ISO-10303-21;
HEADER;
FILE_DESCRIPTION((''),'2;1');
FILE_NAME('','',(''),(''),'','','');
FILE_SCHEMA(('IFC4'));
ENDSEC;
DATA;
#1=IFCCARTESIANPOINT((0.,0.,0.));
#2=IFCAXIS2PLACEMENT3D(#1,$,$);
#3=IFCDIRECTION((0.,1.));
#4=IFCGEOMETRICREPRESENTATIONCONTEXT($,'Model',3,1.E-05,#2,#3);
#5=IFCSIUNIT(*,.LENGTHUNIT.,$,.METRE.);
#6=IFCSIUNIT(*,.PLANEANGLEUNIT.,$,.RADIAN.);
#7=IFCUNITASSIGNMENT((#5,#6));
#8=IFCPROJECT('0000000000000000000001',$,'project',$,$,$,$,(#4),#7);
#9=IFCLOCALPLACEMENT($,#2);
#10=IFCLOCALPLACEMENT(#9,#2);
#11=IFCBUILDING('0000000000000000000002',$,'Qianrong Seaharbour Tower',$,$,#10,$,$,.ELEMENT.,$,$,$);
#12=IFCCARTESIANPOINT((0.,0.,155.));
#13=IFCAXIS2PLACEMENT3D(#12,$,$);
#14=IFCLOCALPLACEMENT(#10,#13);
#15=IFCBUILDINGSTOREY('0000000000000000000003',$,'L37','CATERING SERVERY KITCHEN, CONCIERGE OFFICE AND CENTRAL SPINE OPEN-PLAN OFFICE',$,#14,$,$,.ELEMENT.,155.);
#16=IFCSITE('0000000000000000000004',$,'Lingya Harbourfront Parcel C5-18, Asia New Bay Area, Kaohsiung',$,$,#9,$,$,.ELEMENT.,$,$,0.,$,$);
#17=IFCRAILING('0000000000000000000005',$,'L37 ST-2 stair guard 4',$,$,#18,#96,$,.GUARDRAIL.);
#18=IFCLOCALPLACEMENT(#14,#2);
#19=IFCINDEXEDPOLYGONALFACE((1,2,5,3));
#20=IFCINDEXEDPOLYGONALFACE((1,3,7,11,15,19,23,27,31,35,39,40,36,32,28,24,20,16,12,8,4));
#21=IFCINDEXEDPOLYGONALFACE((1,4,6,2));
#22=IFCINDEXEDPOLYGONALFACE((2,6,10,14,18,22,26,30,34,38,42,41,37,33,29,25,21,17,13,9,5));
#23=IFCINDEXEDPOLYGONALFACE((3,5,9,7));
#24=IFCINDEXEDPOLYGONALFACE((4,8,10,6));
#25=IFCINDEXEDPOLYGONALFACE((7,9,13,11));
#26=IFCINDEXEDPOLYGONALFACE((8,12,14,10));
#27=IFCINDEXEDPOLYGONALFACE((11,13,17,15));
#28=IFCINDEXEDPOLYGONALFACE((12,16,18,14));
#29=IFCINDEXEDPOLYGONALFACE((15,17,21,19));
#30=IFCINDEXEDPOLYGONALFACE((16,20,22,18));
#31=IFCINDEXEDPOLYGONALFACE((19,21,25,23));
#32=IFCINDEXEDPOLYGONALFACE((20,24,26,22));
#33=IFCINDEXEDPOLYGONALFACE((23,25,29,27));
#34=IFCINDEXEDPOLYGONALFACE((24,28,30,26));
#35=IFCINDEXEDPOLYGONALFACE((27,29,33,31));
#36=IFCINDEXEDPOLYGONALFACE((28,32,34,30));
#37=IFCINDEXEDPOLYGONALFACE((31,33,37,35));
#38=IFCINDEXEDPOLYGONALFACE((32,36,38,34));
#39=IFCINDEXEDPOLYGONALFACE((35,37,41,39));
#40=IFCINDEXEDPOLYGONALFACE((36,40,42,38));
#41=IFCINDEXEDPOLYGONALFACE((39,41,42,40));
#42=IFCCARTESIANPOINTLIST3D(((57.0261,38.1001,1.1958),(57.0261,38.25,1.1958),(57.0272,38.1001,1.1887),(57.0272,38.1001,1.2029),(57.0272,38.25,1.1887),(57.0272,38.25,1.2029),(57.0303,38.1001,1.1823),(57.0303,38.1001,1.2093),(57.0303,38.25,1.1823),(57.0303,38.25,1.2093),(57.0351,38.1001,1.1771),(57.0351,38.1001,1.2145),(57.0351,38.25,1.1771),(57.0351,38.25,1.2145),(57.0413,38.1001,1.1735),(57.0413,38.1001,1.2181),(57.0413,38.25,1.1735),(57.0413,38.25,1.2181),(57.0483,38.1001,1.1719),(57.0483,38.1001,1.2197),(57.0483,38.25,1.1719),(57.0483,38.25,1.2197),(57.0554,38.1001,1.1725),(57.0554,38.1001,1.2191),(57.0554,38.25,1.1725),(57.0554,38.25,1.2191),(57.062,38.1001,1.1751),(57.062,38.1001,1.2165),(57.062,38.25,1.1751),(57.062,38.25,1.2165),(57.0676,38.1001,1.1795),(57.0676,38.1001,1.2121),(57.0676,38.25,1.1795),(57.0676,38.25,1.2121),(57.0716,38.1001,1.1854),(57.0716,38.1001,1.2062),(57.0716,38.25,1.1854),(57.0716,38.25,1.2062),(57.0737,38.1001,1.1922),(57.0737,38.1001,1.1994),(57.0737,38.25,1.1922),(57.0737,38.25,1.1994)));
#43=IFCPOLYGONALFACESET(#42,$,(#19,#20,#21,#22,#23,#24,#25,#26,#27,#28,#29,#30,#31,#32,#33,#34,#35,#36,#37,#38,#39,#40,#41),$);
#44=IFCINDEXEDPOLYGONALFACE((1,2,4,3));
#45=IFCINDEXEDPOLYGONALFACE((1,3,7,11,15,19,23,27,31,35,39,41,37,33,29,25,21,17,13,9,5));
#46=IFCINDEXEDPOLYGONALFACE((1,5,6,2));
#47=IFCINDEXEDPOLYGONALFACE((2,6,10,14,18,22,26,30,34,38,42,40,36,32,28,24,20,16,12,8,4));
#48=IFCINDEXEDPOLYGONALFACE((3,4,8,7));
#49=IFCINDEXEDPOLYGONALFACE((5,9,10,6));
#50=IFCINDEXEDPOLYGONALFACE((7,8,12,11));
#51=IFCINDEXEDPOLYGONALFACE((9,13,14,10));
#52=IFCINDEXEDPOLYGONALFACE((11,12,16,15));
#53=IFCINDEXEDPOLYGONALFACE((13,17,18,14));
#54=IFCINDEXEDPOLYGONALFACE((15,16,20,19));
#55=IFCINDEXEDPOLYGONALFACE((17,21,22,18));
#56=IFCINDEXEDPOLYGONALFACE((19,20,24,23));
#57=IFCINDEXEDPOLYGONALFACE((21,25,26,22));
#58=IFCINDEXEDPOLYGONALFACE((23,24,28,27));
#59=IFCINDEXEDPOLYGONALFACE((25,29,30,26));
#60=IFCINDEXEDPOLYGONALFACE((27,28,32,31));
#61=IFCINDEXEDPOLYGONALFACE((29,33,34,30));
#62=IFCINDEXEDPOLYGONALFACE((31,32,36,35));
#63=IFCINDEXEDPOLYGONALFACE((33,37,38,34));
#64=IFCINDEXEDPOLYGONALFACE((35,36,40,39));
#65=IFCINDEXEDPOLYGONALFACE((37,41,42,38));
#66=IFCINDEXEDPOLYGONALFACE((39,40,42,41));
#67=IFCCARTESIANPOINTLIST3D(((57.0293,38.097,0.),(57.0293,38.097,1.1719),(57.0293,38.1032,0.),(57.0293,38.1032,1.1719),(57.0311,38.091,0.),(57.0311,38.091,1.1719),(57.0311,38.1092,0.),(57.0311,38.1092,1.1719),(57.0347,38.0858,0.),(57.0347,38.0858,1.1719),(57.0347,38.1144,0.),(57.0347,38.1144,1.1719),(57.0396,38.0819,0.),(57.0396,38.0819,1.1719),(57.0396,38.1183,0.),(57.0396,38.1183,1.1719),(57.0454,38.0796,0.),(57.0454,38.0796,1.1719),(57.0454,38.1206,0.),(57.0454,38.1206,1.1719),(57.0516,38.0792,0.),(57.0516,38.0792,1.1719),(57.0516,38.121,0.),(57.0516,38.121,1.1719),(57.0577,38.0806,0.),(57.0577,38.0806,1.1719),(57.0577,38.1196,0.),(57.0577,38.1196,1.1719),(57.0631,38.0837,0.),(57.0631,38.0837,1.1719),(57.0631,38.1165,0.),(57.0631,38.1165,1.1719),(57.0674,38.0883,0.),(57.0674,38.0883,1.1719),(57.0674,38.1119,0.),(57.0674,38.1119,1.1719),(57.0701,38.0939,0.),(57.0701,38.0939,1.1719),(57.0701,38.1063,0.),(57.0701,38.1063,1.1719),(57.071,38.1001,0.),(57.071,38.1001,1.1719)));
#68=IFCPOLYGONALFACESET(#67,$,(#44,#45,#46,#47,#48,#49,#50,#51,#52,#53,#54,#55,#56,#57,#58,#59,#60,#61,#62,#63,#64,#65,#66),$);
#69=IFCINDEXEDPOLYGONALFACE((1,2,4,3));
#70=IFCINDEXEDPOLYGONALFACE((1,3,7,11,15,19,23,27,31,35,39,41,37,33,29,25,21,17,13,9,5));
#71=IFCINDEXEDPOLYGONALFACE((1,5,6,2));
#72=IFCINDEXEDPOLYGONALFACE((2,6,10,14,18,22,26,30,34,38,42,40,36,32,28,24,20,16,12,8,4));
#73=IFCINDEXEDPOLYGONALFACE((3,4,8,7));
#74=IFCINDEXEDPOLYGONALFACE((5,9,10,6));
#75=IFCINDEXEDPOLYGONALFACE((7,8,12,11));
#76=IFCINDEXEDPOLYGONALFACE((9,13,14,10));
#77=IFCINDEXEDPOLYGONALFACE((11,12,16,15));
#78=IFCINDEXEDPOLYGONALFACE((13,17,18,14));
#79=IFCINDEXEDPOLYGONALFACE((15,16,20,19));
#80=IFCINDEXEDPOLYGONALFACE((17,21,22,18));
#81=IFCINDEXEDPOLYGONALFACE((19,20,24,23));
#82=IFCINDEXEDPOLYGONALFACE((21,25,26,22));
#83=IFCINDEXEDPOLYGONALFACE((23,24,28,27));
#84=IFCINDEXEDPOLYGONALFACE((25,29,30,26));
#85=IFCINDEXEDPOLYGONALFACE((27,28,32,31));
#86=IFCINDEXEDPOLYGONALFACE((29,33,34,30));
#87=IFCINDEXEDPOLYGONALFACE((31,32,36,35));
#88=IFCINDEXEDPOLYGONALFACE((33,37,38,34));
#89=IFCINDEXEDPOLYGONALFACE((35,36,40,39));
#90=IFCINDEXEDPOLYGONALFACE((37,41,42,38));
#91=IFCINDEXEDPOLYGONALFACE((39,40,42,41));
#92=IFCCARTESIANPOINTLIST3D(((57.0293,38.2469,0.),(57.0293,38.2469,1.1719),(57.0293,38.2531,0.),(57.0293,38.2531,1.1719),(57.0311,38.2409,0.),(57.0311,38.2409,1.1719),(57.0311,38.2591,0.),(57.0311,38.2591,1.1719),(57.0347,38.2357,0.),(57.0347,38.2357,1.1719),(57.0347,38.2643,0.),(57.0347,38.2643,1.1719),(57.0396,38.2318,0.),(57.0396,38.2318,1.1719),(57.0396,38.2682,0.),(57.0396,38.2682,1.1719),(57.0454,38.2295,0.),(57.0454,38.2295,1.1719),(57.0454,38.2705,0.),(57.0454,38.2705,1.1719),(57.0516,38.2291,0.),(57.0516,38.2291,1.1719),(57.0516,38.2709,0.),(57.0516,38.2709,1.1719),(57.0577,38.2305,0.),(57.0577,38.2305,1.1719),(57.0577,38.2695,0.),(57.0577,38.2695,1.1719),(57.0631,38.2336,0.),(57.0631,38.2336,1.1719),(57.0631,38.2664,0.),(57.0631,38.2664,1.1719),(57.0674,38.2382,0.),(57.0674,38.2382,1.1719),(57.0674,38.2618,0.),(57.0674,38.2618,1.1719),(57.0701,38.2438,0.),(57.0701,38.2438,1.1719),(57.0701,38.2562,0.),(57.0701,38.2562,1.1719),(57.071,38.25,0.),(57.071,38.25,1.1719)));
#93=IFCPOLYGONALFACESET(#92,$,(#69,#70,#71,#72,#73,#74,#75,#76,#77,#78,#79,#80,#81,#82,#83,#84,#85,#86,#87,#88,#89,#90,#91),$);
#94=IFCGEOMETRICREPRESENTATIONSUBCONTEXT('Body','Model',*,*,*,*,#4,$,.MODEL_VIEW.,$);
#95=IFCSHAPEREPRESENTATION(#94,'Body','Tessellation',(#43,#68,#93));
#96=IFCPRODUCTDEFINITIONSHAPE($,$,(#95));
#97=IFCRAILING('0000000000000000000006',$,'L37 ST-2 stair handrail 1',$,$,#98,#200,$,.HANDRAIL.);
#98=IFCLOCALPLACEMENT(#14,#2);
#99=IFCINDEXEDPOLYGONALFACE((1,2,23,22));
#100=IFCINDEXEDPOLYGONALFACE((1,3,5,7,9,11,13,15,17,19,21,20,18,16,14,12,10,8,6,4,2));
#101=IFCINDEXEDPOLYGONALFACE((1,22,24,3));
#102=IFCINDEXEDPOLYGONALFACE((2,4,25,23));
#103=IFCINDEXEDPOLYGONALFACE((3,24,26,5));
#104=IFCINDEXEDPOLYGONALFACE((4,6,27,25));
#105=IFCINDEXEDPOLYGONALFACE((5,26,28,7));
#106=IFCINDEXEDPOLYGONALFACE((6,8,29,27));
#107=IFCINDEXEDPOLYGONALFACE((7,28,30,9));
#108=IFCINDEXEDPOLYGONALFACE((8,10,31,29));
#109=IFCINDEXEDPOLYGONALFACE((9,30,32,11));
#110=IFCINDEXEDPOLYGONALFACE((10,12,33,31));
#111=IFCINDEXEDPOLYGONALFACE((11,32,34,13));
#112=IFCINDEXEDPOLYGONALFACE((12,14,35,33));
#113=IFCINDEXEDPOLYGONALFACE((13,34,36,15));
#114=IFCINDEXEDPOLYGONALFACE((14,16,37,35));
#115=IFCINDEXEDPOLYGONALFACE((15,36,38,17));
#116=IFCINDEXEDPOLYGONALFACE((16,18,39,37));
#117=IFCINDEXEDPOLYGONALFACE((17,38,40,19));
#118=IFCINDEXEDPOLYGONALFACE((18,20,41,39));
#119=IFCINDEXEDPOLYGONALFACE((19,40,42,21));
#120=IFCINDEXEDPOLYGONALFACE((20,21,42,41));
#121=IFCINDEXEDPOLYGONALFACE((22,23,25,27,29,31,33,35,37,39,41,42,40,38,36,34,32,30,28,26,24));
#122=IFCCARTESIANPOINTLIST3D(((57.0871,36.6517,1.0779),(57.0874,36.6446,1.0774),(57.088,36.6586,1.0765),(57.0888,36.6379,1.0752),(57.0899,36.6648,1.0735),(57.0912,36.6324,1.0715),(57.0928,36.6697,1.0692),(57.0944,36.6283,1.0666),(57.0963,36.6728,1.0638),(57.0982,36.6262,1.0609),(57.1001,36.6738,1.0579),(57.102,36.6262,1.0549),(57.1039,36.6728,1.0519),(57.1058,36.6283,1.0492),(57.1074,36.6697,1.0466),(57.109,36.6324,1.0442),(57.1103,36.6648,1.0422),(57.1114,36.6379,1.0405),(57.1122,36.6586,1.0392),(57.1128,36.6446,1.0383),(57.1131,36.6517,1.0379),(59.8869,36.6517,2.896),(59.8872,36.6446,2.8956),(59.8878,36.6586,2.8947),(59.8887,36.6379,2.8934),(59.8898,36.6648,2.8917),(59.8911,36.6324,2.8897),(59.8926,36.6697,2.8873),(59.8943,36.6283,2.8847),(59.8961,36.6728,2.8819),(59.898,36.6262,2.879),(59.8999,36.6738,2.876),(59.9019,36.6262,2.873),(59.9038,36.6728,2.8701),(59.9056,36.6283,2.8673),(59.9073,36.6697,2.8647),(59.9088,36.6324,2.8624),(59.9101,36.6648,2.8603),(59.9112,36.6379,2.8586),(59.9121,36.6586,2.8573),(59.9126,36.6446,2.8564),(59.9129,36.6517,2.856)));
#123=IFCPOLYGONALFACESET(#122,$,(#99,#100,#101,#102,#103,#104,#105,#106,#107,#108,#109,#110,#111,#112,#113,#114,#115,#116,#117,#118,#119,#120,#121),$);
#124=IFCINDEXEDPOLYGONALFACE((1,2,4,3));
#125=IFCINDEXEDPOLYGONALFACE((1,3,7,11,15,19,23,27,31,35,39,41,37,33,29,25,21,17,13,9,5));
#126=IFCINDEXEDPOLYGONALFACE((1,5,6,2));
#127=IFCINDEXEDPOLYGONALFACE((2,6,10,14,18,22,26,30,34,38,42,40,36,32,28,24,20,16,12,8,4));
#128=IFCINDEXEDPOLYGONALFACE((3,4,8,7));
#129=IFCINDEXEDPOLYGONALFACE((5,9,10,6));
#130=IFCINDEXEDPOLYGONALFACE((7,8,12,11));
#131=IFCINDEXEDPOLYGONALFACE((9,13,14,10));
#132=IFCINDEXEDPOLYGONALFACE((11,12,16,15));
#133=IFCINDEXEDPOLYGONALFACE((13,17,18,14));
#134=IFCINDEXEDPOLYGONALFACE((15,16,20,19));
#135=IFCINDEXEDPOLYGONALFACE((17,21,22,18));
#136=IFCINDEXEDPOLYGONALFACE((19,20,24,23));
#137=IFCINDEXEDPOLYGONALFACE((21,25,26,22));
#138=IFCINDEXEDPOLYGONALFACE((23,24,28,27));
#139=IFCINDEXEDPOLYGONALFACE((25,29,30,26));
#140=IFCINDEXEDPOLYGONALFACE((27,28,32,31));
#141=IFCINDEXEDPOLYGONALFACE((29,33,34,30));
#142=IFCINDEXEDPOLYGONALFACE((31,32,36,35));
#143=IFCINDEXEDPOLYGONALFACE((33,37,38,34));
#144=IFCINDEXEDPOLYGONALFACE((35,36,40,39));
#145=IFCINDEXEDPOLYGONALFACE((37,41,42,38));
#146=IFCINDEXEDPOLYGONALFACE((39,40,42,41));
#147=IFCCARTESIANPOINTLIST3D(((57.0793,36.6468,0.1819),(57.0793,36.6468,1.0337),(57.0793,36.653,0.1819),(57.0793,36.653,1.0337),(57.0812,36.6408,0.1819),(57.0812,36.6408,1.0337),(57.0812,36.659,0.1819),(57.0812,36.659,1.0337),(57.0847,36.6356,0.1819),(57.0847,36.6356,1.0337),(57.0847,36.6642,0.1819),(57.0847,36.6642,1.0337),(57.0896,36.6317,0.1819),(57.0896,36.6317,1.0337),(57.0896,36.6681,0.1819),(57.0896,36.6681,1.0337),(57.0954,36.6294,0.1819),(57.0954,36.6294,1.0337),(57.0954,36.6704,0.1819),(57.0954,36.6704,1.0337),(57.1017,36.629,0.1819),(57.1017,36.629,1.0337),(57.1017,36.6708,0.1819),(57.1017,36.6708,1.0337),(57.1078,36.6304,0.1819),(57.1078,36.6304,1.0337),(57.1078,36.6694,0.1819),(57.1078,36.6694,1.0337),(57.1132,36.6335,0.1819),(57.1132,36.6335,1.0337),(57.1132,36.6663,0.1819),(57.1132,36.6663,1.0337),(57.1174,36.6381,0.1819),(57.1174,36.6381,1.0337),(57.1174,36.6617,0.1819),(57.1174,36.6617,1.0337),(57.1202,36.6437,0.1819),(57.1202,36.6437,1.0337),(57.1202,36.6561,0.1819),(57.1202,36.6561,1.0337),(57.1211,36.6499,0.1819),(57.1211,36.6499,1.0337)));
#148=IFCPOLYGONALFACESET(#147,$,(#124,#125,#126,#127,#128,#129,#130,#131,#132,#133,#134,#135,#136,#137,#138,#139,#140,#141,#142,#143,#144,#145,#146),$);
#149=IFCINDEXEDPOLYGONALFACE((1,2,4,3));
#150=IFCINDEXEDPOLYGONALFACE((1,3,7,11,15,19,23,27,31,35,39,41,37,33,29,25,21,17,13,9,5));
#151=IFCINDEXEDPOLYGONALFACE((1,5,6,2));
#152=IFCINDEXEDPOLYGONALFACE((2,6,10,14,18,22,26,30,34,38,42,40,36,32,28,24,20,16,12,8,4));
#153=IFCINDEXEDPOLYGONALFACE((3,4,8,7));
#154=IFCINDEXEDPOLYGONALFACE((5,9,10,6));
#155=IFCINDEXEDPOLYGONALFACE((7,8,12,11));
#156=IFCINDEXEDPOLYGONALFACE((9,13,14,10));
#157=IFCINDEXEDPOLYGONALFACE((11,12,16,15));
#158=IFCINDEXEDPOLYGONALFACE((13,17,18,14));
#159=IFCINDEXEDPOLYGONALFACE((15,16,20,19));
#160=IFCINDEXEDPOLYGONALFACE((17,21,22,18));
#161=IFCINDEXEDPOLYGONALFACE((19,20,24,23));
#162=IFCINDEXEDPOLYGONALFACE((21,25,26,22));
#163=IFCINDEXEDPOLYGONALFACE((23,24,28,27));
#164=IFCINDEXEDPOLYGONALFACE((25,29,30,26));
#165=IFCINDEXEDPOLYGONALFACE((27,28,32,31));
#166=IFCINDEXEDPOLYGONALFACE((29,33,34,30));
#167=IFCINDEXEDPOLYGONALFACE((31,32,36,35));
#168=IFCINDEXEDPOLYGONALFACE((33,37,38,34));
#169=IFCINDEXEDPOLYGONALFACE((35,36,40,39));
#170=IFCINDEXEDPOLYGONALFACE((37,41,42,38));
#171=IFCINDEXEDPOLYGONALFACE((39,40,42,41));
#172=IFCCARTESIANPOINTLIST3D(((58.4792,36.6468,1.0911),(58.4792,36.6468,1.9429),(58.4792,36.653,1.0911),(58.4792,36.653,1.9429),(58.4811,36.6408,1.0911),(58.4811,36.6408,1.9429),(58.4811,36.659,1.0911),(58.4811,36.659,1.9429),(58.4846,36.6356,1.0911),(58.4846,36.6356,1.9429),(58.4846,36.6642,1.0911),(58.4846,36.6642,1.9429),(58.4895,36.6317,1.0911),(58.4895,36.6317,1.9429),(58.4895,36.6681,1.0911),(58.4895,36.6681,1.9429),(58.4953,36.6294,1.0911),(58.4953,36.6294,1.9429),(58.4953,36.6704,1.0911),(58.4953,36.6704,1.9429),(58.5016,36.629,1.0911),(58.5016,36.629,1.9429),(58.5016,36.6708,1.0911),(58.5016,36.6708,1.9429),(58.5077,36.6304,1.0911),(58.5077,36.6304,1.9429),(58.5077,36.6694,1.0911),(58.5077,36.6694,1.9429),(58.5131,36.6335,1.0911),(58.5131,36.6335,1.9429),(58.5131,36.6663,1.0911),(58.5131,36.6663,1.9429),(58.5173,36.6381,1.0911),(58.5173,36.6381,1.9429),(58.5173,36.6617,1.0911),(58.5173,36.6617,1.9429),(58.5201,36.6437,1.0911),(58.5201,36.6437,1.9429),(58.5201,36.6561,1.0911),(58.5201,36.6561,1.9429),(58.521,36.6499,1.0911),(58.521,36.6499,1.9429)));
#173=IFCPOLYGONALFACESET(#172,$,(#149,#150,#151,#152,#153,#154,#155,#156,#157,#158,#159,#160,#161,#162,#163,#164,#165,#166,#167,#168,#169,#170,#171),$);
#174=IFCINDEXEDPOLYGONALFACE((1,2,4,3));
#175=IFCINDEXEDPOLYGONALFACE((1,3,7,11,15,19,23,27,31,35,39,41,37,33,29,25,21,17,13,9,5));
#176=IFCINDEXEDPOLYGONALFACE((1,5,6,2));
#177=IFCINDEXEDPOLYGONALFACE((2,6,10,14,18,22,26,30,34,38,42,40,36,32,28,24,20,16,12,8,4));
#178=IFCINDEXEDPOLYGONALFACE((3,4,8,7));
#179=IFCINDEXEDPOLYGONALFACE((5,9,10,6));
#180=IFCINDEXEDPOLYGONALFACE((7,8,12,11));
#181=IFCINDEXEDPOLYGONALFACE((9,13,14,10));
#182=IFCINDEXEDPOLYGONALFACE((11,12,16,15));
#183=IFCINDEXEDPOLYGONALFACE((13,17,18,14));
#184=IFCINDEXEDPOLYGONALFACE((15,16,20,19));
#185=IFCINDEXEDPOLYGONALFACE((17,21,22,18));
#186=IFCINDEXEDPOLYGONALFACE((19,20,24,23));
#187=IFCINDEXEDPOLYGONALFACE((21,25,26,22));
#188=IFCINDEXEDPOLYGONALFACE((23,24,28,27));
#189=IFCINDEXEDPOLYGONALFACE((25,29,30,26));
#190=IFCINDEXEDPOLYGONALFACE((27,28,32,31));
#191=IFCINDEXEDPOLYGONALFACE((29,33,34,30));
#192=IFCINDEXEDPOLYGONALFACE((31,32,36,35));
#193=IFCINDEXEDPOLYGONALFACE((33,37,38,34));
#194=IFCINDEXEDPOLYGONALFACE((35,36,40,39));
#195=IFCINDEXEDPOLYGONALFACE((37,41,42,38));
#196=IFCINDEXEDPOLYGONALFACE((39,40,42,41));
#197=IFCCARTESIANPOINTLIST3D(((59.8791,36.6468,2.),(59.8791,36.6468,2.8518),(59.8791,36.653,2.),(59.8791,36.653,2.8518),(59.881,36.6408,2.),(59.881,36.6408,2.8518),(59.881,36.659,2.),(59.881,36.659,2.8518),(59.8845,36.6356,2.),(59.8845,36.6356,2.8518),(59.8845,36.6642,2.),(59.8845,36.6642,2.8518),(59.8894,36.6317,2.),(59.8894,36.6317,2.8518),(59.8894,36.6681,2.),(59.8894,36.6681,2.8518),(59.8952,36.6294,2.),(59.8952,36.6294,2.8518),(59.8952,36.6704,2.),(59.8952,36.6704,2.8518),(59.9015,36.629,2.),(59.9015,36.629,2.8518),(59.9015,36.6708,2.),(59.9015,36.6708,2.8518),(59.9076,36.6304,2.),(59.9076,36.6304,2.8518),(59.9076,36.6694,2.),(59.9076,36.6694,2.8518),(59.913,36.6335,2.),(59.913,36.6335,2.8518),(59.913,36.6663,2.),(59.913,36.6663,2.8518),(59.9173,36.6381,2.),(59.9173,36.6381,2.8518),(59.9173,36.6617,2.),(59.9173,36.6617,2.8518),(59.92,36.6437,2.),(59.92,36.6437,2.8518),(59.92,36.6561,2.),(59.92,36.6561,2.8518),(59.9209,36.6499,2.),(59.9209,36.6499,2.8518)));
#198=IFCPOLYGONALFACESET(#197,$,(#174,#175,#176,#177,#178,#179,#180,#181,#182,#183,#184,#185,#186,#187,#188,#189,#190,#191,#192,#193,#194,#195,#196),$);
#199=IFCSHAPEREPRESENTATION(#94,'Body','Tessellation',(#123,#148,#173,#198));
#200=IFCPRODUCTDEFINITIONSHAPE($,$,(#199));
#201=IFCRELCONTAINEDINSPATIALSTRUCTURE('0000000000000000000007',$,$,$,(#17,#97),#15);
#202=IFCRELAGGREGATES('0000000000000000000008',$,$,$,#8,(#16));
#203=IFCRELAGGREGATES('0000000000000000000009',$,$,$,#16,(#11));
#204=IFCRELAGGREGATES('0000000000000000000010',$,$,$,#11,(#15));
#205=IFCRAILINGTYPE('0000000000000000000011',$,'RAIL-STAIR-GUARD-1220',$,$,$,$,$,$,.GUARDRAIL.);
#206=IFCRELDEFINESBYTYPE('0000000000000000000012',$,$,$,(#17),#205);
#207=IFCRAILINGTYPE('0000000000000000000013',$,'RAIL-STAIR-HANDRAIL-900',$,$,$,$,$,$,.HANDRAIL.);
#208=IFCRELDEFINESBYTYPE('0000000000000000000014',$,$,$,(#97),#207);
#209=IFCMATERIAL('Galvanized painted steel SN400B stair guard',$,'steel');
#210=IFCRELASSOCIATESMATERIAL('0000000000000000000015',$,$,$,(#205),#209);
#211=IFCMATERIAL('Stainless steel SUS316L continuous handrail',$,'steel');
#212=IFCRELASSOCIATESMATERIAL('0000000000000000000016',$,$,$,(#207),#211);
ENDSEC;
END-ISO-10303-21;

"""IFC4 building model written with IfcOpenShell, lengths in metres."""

from ifc_helpers import new_model, si_unit, direction, frame, origin, origin_2d, place, context, subcontext, project, spatial, circle, extrude, material, type_object, element, save


model = new_model("IFC4")

# Units and contexts
model_context = context("Model", 3, precision=1e-05, world=origin(), true_north=direction((0.0, 1.0)))
body_context = subcontext(model_context, "Body", "Model", "MODEL_VIEW")
ifc_project = project(units=[si_unit("LENGTHUNIT", "METRE"), si_unit("PLANEANGLEUNIT", "RADIAN")], contexts=[model_context])

# Site, building, storey
site_placement = place(None, origin())
site = spatial("IfcSite", under=ifc_project, at=site_placement, Name="Lingya Harbourfront Parcel C5-18, Asia New Bay Area, Kaohsiung", CompositionType="ELEMENT", RefElevation=0.0)
building_placement = place(site_placement, origin())
building = spatial("IfcBuilding", under=site, at=building_placement, Name="Qianrong Seaharbour Tower", CompositionType="ELEMENT")
storey_placement = place(building_placement, frame((0.0, 0.0, 155.0)))
storey = spatial("IfcBuildingStorey", under=building, at=storey_placement, Name="L37", Description="CATERING SERVERY KITCHEN, CONCIERGE OFFICE AND CENTRAL SPINE OPEN-PLAN OFFICE", CompositionType="ELEMENT", Elevation=155.0)

# Railings
ifc_material_1 = material(Name="Galvanized painted steel SN400B stair guard", Category="steel")
railing_type_1 = type_object("IfcRailingType", Name="RAIL-STAIR-GUARD-1220", PredefinedType="GUARDRAIL", material=ifc_material_1)
railing_1_placement = place(storey_placement, frame((57.05, 38.1001, 0.0)))
element("IfcRailing", 1, at=railing_1_placement, inside=storey, type_object=railing_type_1, Name="L37 ST-2 stair guard 4", PredefinedType="GUARDRAIL", context=body_context, shape_type="SweptSolid", body=[
    extrude(circle(Radius=0.0239, at=origin_2d()), frame((0.0, 0.0, 1.1958), z_axis=(0.0, 1.0, 0.0), x_axis=(-1.0, 0.0, 0.0)), (0.0, 0.0, 1.0), 0.1499),
    extrude(circle(Radius=0.021, at=origin_2d()), origin(), (0.0, 0.0, 1.0), 1.1719),
    extrude(circle(Radius=0.021, at=origin_2d()), frame((0.0, 0.1499, 0.0)), (0.0, 0.0, 1.0), 1.1719),
])
ifc_material_2 = material(Name="Stainless steel SUS316L continuous handrail", Category="steel")
railing_type_2 = type_object("IfcRailingType", Name="RAIL-STAIR-HANDRAIL-900", PredefinedType="HANDRAIL", material=ifc_material_2)
railing_2_placement = place(storey_placement, frame((57.1001, 36.6499, 0.1819)))
element("IfcRailing", 2, at=railing_2_placement, inside=storey, type_object=railing_type_2, Name="L37 ST-2 stair handrail 1", PredefinedType="HANDRAIL", context=body_context, shape_type="SweptSolid", body=[
    extrude(circle(Radius=0.0239, at=origin_2d()), frame((0.0, 0.0, 0.876), z_axis=(0.838684, 0.0, 0.544618), x_axis=(0.0, 1.0, 0.0)), (0.0, 0.0, 1.0), 3.3384),
    extrude(circle(Radius=0.021, at=origin_2d()), origin(), (0.0, 0.0, 1.0), 0.8518),
    extrude(circle(Radius=0.021, at=origin_2d()), frame((1.3999, 0.0, 0.9092)), (0.0, 0.0, 1.0), 0.8518),
    extrude(circle(Radius=0.021, at=origin_2d()), frame((2.7998, 0.0, 1.8181)), (0.0, 0.0, 1.0), 0.8518),
])

save(model, "model.ifc")
